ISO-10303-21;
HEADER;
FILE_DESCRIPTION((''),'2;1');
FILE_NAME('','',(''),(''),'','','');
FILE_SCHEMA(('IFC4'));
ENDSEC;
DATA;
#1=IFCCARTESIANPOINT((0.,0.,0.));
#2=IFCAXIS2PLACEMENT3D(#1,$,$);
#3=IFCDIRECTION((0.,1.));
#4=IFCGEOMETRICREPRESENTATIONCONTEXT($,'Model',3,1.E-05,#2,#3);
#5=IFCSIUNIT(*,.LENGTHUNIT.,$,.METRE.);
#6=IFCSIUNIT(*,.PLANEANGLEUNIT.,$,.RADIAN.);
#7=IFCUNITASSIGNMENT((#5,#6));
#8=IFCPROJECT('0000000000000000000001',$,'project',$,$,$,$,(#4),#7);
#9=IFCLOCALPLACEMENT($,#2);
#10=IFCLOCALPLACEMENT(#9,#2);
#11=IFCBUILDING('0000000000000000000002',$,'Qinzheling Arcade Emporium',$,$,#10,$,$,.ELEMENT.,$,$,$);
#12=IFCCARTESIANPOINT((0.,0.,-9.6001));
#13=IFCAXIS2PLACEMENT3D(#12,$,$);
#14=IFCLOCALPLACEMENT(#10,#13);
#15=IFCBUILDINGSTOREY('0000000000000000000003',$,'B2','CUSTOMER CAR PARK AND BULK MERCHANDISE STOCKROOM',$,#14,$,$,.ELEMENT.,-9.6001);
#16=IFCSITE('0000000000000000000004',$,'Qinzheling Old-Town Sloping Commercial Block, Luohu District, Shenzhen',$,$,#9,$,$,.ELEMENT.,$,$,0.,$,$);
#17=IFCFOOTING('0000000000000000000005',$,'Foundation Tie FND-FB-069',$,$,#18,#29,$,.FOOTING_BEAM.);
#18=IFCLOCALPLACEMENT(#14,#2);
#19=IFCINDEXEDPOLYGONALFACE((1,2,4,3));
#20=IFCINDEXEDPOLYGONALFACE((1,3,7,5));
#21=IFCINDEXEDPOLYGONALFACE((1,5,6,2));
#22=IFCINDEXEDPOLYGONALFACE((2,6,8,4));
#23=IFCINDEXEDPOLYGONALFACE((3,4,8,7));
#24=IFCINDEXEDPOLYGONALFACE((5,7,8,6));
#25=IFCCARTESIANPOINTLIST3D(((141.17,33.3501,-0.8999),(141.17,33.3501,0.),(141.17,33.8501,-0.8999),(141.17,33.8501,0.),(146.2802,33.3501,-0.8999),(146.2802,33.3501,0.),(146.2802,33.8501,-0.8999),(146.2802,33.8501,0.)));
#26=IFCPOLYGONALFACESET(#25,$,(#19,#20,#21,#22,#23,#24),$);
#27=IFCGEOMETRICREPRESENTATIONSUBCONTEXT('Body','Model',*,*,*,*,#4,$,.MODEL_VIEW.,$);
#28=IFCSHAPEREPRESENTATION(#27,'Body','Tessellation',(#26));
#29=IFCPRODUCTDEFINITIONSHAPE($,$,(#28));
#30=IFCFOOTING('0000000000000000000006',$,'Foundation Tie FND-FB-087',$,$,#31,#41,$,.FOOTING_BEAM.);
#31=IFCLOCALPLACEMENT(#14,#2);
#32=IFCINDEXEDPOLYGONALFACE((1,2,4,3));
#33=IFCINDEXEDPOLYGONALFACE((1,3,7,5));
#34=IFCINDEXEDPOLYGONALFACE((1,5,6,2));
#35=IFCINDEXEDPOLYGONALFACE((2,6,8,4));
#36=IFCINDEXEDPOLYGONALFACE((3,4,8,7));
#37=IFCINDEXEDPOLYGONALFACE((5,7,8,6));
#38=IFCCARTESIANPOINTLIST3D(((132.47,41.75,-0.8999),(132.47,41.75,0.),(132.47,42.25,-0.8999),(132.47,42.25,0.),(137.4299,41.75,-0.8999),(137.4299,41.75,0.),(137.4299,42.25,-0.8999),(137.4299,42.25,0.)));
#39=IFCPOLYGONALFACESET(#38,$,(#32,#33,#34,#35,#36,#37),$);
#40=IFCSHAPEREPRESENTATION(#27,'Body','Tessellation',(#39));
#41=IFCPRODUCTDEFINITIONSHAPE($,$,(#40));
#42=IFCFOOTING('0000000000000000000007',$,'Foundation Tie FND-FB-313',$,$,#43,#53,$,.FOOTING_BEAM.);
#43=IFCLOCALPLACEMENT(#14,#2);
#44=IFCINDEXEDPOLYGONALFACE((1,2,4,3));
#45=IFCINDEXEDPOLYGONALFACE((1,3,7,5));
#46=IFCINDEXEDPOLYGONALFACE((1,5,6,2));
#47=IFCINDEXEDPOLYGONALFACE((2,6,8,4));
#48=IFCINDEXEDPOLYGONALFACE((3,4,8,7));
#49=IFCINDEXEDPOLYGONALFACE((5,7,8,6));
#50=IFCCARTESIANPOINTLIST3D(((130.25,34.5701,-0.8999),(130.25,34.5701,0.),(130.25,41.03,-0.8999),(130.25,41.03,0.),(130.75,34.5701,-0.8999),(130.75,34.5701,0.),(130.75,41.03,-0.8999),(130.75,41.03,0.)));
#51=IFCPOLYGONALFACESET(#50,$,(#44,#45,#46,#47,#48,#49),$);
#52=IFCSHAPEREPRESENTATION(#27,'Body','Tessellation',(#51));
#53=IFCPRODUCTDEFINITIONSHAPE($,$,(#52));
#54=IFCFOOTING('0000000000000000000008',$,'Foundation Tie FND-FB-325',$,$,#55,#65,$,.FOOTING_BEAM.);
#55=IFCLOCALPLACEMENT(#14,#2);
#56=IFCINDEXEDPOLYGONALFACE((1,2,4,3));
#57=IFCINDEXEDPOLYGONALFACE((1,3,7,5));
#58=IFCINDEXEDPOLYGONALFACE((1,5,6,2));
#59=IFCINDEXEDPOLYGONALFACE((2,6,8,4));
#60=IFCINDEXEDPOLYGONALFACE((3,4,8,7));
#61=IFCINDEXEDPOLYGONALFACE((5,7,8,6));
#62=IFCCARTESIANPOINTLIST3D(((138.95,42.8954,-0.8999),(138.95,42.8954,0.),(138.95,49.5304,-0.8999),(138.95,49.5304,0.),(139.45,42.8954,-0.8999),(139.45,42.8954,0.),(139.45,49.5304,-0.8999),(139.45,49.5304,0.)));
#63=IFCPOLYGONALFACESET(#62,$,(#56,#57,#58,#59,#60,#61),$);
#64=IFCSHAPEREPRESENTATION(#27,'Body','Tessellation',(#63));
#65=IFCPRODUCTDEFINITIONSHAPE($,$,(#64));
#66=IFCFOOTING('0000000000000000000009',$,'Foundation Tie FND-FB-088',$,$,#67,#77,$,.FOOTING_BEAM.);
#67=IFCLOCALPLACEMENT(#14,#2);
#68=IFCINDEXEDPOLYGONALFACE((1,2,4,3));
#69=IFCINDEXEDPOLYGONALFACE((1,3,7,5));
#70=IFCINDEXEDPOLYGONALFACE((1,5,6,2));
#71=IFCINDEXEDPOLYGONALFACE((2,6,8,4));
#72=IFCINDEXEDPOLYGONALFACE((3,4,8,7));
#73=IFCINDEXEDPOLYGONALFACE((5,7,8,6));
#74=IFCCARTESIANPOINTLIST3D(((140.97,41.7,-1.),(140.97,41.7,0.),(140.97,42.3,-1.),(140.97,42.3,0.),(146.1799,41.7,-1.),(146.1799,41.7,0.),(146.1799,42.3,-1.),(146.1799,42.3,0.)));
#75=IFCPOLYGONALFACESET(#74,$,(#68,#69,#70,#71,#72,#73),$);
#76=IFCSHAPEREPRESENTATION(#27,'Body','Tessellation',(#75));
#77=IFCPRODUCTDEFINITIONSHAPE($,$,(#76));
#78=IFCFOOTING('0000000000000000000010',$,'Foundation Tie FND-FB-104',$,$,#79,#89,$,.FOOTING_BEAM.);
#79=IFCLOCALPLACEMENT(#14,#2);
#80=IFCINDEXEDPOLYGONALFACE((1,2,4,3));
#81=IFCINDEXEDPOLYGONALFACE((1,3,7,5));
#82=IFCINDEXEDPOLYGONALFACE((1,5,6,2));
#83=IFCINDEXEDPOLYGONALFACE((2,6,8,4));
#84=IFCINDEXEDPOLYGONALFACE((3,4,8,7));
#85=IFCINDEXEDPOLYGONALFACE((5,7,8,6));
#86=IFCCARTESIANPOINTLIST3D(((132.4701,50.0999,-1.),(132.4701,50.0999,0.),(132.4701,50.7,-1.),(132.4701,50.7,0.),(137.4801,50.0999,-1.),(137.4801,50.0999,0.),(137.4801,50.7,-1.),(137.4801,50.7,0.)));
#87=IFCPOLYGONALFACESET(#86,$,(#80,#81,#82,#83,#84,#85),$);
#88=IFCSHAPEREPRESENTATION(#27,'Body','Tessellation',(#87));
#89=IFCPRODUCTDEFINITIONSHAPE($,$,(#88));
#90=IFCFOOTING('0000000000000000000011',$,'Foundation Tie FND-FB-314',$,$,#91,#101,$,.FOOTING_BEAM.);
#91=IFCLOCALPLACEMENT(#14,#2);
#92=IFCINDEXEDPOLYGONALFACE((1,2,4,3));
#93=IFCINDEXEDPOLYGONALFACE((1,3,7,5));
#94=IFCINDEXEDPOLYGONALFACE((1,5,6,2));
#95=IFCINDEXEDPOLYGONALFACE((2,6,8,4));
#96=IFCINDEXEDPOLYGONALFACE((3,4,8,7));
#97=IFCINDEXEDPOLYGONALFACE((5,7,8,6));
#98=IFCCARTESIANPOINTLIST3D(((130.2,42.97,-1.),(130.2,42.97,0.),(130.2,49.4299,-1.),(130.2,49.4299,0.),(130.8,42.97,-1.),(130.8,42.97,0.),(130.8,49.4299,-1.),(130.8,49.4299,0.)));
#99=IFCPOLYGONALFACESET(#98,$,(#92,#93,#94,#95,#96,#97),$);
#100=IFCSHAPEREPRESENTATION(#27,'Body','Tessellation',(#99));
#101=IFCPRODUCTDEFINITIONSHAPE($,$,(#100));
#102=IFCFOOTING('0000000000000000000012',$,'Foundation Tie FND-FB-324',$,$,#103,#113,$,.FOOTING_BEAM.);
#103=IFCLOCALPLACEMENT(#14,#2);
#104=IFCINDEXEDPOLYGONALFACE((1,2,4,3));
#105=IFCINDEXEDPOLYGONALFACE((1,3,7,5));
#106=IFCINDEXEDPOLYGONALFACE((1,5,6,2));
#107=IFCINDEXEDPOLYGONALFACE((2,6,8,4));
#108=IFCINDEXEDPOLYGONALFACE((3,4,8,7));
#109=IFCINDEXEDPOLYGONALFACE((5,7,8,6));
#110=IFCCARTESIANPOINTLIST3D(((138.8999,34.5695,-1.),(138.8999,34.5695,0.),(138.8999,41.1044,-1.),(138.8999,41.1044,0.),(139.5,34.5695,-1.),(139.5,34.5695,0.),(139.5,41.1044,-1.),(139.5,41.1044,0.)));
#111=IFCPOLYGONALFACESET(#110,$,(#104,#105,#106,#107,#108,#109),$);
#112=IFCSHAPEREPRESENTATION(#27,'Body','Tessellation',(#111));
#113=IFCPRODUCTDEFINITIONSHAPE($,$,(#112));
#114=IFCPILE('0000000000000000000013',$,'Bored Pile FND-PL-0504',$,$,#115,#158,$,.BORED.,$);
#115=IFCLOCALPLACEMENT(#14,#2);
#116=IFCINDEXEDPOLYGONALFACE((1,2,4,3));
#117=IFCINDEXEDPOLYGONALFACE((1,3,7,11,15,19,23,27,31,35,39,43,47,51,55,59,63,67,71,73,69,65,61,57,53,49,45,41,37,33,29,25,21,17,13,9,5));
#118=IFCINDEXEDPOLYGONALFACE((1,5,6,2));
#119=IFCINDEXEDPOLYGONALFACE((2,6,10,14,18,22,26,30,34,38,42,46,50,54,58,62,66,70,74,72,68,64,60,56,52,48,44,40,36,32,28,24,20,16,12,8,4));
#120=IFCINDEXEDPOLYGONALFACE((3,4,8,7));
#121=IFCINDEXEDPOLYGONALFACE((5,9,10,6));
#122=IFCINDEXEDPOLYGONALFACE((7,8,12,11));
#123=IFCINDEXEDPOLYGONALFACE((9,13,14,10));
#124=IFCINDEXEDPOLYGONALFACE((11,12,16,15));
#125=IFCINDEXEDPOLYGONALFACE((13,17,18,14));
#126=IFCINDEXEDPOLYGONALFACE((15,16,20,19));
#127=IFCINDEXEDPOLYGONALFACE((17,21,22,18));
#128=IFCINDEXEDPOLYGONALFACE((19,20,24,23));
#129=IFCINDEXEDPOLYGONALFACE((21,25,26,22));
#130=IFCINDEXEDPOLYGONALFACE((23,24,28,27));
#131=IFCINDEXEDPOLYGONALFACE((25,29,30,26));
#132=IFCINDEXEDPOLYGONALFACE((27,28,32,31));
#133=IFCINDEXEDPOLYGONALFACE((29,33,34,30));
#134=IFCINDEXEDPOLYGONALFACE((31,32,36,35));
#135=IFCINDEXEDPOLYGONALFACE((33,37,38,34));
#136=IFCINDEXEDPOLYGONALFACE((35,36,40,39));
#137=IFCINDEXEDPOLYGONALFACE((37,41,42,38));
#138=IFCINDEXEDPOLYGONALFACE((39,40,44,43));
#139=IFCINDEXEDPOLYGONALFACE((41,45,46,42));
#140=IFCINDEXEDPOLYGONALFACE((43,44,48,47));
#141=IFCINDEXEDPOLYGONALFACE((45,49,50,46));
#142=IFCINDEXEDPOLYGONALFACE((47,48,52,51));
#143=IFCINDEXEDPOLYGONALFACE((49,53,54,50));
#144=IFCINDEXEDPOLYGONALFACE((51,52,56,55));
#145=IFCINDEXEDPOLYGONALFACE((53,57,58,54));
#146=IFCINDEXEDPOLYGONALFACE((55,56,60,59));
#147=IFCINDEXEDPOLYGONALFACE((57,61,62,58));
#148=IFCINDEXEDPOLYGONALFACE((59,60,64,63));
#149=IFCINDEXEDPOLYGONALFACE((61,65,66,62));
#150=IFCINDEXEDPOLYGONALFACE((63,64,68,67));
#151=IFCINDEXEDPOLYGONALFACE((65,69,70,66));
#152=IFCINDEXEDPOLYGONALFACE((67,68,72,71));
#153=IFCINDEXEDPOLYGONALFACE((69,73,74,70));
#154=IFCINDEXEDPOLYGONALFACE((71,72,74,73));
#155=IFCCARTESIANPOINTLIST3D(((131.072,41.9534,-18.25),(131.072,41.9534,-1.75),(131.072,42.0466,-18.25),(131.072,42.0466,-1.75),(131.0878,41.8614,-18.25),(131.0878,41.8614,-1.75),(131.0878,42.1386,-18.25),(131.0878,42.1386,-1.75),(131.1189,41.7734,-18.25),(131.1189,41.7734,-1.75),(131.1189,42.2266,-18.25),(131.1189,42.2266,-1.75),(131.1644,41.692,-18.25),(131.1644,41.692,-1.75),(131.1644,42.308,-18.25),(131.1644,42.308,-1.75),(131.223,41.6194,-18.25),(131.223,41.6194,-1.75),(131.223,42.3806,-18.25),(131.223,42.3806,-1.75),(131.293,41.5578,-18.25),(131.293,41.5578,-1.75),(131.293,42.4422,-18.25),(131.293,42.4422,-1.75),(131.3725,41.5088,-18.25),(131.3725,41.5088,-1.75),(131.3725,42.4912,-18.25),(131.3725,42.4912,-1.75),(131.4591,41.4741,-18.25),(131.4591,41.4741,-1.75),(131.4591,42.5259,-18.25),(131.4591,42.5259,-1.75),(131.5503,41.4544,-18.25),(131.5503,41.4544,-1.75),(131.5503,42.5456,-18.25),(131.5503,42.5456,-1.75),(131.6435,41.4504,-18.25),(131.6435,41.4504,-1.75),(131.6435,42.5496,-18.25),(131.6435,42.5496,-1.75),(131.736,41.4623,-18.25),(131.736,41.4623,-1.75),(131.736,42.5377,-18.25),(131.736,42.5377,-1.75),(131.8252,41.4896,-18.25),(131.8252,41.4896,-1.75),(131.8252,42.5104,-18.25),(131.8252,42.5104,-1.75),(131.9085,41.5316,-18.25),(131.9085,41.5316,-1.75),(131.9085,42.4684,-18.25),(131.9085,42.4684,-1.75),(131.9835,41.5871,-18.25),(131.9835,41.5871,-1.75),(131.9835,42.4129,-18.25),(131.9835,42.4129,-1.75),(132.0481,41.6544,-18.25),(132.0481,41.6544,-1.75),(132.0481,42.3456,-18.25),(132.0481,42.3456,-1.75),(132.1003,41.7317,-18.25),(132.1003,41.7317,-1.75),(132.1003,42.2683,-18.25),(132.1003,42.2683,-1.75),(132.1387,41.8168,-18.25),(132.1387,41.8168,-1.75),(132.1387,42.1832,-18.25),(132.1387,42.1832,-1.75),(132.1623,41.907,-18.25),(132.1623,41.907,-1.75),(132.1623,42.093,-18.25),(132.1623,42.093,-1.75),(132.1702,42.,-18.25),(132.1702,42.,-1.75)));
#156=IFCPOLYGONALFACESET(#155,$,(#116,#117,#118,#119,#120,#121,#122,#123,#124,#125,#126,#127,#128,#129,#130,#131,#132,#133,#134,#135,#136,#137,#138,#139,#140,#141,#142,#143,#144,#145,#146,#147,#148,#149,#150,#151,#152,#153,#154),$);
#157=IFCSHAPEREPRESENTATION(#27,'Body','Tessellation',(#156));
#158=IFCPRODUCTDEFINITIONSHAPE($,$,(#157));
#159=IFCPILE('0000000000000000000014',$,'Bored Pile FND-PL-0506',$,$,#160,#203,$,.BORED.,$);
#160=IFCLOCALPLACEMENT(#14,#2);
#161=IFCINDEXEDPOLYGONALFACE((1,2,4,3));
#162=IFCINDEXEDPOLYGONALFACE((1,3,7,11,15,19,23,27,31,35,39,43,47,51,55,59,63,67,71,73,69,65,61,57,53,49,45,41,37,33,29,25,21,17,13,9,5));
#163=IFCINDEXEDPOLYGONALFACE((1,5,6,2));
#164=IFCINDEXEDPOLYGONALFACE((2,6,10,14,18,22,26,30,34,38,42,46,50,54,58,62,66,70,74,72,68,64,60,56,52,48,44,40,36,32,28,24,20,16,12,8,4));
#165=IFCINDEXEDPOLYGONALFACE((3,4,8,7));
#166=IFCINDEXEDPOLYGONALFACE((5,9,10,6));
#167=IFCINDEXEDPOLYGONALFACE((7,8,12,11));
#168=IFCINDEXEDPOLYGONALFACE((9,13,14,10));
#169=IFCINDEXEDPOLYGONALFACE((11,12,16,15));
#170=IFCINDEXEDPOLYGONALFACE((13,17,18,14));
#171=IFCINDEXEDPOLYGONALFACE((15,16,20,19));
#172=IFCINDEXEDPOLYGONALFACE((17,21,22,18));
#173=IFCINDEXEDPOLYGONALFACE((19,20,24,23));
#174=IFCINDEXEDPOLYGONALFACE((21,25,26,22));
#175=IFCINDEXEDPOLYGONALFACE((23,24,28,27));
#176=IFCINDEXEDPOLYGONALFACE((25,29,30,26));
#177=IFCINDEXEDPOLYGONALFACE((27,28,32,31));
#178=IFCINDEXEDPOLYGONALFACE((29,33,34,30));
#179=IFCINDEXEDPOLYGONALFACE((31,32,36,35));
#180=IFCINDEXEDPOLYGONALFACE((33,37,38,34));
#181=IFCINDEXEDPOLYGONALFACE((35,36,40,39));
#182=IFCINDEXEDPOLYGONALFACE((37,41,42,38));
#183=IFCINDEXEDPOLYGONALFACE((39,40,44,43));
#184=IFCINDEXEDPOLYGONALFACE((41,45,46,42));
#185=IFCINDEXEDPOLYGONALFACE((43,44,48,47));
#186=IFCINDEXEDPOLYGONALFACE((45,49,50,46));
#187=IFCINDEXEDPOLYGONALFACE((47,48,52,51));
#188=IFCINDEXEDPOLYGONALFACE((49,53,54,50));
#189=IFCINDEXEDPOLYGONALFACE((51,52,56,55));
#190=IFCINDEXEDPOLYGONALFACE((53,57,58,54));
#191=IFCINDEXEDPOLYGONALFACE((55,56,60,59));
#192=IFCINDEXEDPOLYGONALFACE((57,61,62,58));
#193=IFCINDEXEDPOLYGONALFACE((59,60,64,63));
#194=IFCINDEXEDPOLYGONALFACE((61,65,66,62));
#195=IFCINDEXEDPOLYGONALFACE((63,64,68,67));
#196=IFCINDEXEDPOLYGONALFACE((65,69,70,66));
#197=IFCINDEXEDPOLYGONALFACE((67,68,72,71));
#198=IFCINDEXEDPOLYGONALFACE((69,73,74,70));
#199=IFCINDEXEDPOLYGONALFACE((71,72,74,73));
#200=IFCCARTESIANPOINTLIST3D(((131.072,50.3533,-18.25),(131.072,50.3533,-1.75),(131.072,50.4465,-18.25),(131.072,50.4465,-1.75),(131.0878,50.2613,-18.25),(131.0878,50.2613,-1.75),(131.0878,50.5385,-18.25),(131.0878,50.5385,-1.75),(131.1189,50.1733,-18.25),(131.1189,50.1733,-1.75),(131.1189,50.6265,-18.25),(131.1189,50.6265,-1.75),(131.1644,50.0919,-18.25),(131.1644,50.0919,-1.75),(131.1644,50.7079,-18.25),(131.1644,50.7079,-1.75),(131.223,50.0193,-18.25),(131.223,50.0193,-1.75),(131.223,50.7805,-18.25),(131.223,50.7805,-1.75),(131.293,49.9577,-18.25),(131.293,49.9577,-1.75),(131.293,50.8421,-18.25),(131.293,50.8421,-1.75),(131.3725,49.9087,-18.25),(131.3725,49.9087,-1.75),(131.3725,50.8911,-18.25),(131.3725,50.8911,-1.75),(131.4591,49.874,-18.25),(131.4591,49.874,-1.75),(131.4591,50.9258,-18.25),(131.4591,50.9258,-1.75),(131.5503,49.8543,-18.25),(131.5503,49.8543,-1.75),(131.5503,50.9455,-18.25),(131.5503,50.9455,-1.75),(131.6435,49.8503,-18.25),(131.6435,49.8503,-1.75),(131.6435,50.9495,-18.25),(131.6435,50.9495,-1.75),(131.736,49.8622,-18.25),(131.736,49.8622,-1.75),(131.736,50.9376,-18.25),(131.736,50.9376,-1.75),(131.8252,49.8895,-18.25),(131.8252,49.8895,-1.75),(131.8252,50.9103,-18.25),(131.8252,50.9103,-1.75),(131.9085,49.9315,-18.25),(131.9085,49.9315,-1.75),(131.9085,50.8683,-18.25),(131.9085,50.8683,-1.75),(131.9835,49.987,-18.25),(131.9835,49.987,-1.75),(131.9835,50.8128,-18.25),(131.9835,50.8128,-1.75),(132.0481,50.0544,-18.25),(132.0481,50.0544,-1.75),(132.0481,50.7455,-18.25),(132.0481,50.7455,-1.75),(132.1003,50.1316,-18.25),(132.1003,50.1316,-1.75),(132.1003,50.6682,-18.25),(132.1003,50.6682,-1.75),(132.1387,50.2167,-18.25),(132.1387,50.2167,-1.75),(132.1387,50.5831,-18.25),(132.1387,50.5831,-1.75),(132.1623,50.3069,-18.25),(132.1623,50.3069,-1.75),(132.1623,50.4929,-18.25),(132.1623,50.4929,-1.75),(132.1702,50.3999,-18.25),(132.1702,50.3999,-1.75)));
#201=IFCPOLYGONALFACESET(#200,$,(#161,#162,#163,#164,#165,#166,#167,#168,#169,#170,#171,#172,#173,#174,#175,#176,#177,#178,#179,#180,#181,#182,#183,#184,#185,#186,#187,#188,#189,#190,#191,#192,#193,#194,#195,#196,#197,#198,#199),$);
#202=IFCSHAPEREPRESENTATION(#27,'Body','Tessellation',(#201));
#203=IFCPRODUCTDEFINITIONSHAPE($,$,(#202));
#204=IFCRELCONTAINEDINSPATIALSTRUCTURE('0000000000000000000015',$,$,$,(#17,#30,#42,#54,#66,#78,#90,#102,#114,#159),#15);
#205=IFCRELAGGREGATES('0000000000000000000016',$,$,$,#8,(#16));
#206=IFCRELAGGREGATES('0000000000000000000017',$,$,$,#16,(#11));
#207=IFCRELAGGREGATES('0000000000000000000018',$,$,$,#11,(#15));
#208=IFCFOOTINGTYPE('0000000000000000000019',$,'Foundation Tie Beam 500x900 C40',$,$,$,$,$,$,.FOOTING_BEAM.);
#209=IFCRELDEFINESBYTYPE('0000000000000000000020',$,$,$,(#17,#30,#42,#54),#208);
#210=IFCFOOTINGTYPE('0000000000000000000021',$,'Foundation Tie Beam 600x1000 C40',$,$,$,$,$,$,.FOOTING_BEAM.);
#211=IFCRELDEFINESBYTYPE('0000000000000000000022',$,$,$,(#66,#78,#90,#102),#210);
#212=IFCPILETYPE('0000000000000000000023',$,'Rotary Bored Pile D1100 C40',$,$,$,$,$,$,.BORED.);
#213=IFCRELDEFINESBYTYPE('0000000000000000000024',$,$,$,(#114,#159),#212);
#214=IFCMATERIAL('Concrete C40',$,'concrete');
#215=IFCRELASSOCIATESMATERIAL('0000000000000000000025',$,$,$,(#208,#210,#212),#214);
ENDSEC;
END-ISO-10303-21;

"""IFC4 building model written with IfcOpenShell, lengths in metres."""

from ifc_helpers import new_model, si_unit, direction, frame, origin, origin_2d, place, context, subcontext, project, spatial, rectangle, circle, extrude, material, material_profile, profile_set, type_object, element, save


model = new_model("IFC4")

# Units and contexts
model_context = context("Model", 3, precision=1e-05, world=origin(), true_north=direction((0.0, 1.0)))
body_context = subcontext(model_context, "Body", "Model", "MODEL_VIEW")
ifc_project = project(units=[si_unit("LENGTHUNIT", "METRE"), si_unit("PLANEANGLEUNIT", "RADIAN")], contexts=[model_context])

# Site, building, storey
site_placement = place(None, origin())
site = spatial("IfcSite", under=ifc_project, at=site_placement, Name="Qinzheling Old-Town Sloping Commercial Block, Luohu District, Shenzhen", CompositionType="ELEMENT", RefElevation=0.0)
building_placement = place(site_placement, origin())
building = spatial("IfcBuilding", under=site, at=building_placement, Name="Qinzheling Arcade Emporium", CompositionType="ELEMENT")
storey_placement = place(building_placement, frame((0.0, 0.0, -9.6001)))
storey = spatial("IfcBuildingStorey", under=building, at=storey_placement, Name="B2", Description="CUSTOMER CAR PARK AND BULK MERCHANDISE STOCKROOM", CompositionType="ELEMENT", Elevation=-9.6001)

# Footings
ifc_material_1 = material(Name="Concrete C40", Category="concrete")
footing_type_1 = type_object("IfcFootingType", Name="Foundation Tie Beam 500x900 C40", PredefinedType="FOOTING_BEAM", material=ifc_material_1)
footing_1_placement = place(storey_placement, frame((143.7251, 33.6001, -0.8999), z_axis=(0.0, 0.0, 1.0), x_axis=(1.0, 0.0, 0.0)))
element("IfcFooting", 1, at=footing_1_placement, inside=storey, type_object=footing_type_1, Name="Foundation Tie FND-FB-069", PredefinedType="FOOTING_BEAM", context=body_context, shape_type="SweptSolid", body=[
    extrude(rectangle(XDim=5.1101, YDim=0.5, at=origin_2d()), origin(), (0.0, 0.0, 1.0), 0.8999),
])
footing_2_placement = place(storey_placement, frame((134.95, 42.0, -0.8999), z_axis=(0.0, 0.0, 1.0), x_axis=(1.0, 0.0, 0.0)))
element("IfcFooting", 2, at=footing_2_placement, inside=storey, type_object=footing_type_1, Name="Foundation Tie FND-FB-087", PredefinedType="FOOTING_BEAM", context=body_context, shape_type="SweptSolid", body=[
    extrude(rectangle(XDim=4.96, YDim=0.5, at=origin_2d()), origin(), (0.0, 0.0, 1.0), 0.8999),
])
footing_3_placement = place(storey_placement, frame((130.5, 37.8, -0.8999), z_axis=(0.0, 0.0, 1.0), x_axis=(1.0, 0.0, 0.0)))
element("IfcFooting", 3, at=footing_3_placement, inside=storey, type_object=footing_type_1, Name="Foundation Tie FND-FB-313", PredefinedType="FOOTING_BEAM", context=body_context, shape_type="SweptSolid", body=[
    extrude(rectangle(XDim=0.5, YDim=6.46, at=origin_2d()), origin(), (0.0, 0.0, 1.0), 0.8999),
])
footing_4_placement = place(storey_placement, frame((139.2, 46.2129, -0.8999), z_axis=(0.0, 0.0, 1.0), x_axis=(1.0, 0.0, 0.0)))
element("IfcFooting", 4, at=footing_4_placement, inside=storey, type_object=footing_type_1, Name="Foundation Tie FND-FB-325", PredefinedType="FOOTING_BEAM", context=body_context, shape_type="SweptSolid", body=[
    extrude(rectangle(XDim=0.5, YDim=6.635, at=origin_2d()), origin(), (0.0, 0.0, 1.0), 0.8999),
])
footing_type_2 = type_object("IfcFootingType", Name="Foundation Tie Beam 600x1000 C40", PredefinedType="FOOTING_BEAM", material=ifc_material_1)
footing_5_placement = place(storey_placement, frame((143.575, 42.0, -1.0), z_axis=(0.0, 0.0, 1.0), x_axis=(1.0, 0.0, 0.0)))
element("IfcFooting", 5, at=footing_5_placement, inside=storey, type_object=footing_type_2, Name="Foundation Tie FND-FB-088", PredefinedType="FOOTING_BEAM", context=body_context, shape_type="SweptSolid", body=[
    extrude(rectangle(XDim=5.21, YDim=0.6001, at=origin_2d()), origin(), (0.0, 0.0, 1.0), 1.0),
])
footing_6_placement = place(storey_placement, frame((134.9751, 50.3999, -1.0), z_axis=(0.0, 0.0, 1.0), x_axis=(1.0, 0.0, 0.0)))
element("IfcFooting", 6, at=footing_6_placement, inside=storey, type_object=footing_type_2, Name="Foundation Tie FND-FB-104", PredefinedType="FOOTING_BEAM", context=body_context, shape_type="SweptSolid", body=[
    extrude(rectangle(XDim=5.01, YDim=0.6001, at=origin_2d()), origin(), (0.0, 0.0, 1.0), 1.0),
])
footing_7_placement = place(storey_placement, frame((130.5, 46.2, -1.0), z_axis=(0.0, 0.0, 1.0), x_axis=(1.0, 0.0, 0.0)))
element("IfcFooting", 7, at=footing_7_placement, inside=storey, type_object=footing_type_2, Name="Foundation Tie FND-FB-314", PredefinedType="FOOTING_BEAM", context=body_context, shape_type="SweptSolid", body=[
    extrude(rectangle(XDim=0.6001, YDim=6.46, at=origin_2d()), origin(), (0.0, 0.0, 1.0), 1.0),
])
footing_8_placement = place(storey_placement, frame((139.2, 37.8369, -1.0), z_axis=(0.0, 0.0, 1.0), x_axis=(1.0, 0.0, 0.0)))
element("IfcFooting", 8, at=footing_8_placement, inside=storey, type_object=footing_type_2, Name="Foundation Tie FND-FB-324", PredefinedType="FOOTING_BEAM", context=body_context, shape_type="SweptSolid", body=[
    extrude(rectangle(XDim=0.6001, YDim=6.5349, at=origin_2d()), origin(), (0.0, 0.0, 1.0), 1.0),
])

# Piles
ifc_material_profile_1 = material_profile(ifc_material_1, circle(Radius=0.55, at=origin_2d()), Name="BORED D1100", Category="concrete")
ifc_profile_set_1 = profile_set([ifc_material_profile_1], Name="Concrete C40")
pile_type_1 = type_object("IfcPileType", Name="Rotary Bored Pile D1100 C40", PredefinedType="BORED", material=ifc_profile_set_1)
for number, where, z_axis, x_axis, name in (
    (9, (131.6201, 42.0, -1.75), (0.0, 0.0, -1.0), (1.0, 0.0, 0.0), "Bored Pile FND-PL-0504"),
    (10, (131.6201, 50.3999, -1.75), (0.0, 0.0, -1.0), (1.0, 0.0, 0.0), "Bored Pile FND-PL-0506"),
):
    element("IfcPile", number, at=place(storey_placement, frame(where, z_axis=z_axis, x_axis=x_axis)), inside=storey, type_object=pile_type_1, Name=name, PredefinedType="BORED", context=body_context, shape_type="SweptSolid", body=[
        extrude(circle(Radius=0.55, at=origin_2d()), origin(), (0.0, 0.0, 1.0), 16.5),
    ])

save(model, "model.ifc")
